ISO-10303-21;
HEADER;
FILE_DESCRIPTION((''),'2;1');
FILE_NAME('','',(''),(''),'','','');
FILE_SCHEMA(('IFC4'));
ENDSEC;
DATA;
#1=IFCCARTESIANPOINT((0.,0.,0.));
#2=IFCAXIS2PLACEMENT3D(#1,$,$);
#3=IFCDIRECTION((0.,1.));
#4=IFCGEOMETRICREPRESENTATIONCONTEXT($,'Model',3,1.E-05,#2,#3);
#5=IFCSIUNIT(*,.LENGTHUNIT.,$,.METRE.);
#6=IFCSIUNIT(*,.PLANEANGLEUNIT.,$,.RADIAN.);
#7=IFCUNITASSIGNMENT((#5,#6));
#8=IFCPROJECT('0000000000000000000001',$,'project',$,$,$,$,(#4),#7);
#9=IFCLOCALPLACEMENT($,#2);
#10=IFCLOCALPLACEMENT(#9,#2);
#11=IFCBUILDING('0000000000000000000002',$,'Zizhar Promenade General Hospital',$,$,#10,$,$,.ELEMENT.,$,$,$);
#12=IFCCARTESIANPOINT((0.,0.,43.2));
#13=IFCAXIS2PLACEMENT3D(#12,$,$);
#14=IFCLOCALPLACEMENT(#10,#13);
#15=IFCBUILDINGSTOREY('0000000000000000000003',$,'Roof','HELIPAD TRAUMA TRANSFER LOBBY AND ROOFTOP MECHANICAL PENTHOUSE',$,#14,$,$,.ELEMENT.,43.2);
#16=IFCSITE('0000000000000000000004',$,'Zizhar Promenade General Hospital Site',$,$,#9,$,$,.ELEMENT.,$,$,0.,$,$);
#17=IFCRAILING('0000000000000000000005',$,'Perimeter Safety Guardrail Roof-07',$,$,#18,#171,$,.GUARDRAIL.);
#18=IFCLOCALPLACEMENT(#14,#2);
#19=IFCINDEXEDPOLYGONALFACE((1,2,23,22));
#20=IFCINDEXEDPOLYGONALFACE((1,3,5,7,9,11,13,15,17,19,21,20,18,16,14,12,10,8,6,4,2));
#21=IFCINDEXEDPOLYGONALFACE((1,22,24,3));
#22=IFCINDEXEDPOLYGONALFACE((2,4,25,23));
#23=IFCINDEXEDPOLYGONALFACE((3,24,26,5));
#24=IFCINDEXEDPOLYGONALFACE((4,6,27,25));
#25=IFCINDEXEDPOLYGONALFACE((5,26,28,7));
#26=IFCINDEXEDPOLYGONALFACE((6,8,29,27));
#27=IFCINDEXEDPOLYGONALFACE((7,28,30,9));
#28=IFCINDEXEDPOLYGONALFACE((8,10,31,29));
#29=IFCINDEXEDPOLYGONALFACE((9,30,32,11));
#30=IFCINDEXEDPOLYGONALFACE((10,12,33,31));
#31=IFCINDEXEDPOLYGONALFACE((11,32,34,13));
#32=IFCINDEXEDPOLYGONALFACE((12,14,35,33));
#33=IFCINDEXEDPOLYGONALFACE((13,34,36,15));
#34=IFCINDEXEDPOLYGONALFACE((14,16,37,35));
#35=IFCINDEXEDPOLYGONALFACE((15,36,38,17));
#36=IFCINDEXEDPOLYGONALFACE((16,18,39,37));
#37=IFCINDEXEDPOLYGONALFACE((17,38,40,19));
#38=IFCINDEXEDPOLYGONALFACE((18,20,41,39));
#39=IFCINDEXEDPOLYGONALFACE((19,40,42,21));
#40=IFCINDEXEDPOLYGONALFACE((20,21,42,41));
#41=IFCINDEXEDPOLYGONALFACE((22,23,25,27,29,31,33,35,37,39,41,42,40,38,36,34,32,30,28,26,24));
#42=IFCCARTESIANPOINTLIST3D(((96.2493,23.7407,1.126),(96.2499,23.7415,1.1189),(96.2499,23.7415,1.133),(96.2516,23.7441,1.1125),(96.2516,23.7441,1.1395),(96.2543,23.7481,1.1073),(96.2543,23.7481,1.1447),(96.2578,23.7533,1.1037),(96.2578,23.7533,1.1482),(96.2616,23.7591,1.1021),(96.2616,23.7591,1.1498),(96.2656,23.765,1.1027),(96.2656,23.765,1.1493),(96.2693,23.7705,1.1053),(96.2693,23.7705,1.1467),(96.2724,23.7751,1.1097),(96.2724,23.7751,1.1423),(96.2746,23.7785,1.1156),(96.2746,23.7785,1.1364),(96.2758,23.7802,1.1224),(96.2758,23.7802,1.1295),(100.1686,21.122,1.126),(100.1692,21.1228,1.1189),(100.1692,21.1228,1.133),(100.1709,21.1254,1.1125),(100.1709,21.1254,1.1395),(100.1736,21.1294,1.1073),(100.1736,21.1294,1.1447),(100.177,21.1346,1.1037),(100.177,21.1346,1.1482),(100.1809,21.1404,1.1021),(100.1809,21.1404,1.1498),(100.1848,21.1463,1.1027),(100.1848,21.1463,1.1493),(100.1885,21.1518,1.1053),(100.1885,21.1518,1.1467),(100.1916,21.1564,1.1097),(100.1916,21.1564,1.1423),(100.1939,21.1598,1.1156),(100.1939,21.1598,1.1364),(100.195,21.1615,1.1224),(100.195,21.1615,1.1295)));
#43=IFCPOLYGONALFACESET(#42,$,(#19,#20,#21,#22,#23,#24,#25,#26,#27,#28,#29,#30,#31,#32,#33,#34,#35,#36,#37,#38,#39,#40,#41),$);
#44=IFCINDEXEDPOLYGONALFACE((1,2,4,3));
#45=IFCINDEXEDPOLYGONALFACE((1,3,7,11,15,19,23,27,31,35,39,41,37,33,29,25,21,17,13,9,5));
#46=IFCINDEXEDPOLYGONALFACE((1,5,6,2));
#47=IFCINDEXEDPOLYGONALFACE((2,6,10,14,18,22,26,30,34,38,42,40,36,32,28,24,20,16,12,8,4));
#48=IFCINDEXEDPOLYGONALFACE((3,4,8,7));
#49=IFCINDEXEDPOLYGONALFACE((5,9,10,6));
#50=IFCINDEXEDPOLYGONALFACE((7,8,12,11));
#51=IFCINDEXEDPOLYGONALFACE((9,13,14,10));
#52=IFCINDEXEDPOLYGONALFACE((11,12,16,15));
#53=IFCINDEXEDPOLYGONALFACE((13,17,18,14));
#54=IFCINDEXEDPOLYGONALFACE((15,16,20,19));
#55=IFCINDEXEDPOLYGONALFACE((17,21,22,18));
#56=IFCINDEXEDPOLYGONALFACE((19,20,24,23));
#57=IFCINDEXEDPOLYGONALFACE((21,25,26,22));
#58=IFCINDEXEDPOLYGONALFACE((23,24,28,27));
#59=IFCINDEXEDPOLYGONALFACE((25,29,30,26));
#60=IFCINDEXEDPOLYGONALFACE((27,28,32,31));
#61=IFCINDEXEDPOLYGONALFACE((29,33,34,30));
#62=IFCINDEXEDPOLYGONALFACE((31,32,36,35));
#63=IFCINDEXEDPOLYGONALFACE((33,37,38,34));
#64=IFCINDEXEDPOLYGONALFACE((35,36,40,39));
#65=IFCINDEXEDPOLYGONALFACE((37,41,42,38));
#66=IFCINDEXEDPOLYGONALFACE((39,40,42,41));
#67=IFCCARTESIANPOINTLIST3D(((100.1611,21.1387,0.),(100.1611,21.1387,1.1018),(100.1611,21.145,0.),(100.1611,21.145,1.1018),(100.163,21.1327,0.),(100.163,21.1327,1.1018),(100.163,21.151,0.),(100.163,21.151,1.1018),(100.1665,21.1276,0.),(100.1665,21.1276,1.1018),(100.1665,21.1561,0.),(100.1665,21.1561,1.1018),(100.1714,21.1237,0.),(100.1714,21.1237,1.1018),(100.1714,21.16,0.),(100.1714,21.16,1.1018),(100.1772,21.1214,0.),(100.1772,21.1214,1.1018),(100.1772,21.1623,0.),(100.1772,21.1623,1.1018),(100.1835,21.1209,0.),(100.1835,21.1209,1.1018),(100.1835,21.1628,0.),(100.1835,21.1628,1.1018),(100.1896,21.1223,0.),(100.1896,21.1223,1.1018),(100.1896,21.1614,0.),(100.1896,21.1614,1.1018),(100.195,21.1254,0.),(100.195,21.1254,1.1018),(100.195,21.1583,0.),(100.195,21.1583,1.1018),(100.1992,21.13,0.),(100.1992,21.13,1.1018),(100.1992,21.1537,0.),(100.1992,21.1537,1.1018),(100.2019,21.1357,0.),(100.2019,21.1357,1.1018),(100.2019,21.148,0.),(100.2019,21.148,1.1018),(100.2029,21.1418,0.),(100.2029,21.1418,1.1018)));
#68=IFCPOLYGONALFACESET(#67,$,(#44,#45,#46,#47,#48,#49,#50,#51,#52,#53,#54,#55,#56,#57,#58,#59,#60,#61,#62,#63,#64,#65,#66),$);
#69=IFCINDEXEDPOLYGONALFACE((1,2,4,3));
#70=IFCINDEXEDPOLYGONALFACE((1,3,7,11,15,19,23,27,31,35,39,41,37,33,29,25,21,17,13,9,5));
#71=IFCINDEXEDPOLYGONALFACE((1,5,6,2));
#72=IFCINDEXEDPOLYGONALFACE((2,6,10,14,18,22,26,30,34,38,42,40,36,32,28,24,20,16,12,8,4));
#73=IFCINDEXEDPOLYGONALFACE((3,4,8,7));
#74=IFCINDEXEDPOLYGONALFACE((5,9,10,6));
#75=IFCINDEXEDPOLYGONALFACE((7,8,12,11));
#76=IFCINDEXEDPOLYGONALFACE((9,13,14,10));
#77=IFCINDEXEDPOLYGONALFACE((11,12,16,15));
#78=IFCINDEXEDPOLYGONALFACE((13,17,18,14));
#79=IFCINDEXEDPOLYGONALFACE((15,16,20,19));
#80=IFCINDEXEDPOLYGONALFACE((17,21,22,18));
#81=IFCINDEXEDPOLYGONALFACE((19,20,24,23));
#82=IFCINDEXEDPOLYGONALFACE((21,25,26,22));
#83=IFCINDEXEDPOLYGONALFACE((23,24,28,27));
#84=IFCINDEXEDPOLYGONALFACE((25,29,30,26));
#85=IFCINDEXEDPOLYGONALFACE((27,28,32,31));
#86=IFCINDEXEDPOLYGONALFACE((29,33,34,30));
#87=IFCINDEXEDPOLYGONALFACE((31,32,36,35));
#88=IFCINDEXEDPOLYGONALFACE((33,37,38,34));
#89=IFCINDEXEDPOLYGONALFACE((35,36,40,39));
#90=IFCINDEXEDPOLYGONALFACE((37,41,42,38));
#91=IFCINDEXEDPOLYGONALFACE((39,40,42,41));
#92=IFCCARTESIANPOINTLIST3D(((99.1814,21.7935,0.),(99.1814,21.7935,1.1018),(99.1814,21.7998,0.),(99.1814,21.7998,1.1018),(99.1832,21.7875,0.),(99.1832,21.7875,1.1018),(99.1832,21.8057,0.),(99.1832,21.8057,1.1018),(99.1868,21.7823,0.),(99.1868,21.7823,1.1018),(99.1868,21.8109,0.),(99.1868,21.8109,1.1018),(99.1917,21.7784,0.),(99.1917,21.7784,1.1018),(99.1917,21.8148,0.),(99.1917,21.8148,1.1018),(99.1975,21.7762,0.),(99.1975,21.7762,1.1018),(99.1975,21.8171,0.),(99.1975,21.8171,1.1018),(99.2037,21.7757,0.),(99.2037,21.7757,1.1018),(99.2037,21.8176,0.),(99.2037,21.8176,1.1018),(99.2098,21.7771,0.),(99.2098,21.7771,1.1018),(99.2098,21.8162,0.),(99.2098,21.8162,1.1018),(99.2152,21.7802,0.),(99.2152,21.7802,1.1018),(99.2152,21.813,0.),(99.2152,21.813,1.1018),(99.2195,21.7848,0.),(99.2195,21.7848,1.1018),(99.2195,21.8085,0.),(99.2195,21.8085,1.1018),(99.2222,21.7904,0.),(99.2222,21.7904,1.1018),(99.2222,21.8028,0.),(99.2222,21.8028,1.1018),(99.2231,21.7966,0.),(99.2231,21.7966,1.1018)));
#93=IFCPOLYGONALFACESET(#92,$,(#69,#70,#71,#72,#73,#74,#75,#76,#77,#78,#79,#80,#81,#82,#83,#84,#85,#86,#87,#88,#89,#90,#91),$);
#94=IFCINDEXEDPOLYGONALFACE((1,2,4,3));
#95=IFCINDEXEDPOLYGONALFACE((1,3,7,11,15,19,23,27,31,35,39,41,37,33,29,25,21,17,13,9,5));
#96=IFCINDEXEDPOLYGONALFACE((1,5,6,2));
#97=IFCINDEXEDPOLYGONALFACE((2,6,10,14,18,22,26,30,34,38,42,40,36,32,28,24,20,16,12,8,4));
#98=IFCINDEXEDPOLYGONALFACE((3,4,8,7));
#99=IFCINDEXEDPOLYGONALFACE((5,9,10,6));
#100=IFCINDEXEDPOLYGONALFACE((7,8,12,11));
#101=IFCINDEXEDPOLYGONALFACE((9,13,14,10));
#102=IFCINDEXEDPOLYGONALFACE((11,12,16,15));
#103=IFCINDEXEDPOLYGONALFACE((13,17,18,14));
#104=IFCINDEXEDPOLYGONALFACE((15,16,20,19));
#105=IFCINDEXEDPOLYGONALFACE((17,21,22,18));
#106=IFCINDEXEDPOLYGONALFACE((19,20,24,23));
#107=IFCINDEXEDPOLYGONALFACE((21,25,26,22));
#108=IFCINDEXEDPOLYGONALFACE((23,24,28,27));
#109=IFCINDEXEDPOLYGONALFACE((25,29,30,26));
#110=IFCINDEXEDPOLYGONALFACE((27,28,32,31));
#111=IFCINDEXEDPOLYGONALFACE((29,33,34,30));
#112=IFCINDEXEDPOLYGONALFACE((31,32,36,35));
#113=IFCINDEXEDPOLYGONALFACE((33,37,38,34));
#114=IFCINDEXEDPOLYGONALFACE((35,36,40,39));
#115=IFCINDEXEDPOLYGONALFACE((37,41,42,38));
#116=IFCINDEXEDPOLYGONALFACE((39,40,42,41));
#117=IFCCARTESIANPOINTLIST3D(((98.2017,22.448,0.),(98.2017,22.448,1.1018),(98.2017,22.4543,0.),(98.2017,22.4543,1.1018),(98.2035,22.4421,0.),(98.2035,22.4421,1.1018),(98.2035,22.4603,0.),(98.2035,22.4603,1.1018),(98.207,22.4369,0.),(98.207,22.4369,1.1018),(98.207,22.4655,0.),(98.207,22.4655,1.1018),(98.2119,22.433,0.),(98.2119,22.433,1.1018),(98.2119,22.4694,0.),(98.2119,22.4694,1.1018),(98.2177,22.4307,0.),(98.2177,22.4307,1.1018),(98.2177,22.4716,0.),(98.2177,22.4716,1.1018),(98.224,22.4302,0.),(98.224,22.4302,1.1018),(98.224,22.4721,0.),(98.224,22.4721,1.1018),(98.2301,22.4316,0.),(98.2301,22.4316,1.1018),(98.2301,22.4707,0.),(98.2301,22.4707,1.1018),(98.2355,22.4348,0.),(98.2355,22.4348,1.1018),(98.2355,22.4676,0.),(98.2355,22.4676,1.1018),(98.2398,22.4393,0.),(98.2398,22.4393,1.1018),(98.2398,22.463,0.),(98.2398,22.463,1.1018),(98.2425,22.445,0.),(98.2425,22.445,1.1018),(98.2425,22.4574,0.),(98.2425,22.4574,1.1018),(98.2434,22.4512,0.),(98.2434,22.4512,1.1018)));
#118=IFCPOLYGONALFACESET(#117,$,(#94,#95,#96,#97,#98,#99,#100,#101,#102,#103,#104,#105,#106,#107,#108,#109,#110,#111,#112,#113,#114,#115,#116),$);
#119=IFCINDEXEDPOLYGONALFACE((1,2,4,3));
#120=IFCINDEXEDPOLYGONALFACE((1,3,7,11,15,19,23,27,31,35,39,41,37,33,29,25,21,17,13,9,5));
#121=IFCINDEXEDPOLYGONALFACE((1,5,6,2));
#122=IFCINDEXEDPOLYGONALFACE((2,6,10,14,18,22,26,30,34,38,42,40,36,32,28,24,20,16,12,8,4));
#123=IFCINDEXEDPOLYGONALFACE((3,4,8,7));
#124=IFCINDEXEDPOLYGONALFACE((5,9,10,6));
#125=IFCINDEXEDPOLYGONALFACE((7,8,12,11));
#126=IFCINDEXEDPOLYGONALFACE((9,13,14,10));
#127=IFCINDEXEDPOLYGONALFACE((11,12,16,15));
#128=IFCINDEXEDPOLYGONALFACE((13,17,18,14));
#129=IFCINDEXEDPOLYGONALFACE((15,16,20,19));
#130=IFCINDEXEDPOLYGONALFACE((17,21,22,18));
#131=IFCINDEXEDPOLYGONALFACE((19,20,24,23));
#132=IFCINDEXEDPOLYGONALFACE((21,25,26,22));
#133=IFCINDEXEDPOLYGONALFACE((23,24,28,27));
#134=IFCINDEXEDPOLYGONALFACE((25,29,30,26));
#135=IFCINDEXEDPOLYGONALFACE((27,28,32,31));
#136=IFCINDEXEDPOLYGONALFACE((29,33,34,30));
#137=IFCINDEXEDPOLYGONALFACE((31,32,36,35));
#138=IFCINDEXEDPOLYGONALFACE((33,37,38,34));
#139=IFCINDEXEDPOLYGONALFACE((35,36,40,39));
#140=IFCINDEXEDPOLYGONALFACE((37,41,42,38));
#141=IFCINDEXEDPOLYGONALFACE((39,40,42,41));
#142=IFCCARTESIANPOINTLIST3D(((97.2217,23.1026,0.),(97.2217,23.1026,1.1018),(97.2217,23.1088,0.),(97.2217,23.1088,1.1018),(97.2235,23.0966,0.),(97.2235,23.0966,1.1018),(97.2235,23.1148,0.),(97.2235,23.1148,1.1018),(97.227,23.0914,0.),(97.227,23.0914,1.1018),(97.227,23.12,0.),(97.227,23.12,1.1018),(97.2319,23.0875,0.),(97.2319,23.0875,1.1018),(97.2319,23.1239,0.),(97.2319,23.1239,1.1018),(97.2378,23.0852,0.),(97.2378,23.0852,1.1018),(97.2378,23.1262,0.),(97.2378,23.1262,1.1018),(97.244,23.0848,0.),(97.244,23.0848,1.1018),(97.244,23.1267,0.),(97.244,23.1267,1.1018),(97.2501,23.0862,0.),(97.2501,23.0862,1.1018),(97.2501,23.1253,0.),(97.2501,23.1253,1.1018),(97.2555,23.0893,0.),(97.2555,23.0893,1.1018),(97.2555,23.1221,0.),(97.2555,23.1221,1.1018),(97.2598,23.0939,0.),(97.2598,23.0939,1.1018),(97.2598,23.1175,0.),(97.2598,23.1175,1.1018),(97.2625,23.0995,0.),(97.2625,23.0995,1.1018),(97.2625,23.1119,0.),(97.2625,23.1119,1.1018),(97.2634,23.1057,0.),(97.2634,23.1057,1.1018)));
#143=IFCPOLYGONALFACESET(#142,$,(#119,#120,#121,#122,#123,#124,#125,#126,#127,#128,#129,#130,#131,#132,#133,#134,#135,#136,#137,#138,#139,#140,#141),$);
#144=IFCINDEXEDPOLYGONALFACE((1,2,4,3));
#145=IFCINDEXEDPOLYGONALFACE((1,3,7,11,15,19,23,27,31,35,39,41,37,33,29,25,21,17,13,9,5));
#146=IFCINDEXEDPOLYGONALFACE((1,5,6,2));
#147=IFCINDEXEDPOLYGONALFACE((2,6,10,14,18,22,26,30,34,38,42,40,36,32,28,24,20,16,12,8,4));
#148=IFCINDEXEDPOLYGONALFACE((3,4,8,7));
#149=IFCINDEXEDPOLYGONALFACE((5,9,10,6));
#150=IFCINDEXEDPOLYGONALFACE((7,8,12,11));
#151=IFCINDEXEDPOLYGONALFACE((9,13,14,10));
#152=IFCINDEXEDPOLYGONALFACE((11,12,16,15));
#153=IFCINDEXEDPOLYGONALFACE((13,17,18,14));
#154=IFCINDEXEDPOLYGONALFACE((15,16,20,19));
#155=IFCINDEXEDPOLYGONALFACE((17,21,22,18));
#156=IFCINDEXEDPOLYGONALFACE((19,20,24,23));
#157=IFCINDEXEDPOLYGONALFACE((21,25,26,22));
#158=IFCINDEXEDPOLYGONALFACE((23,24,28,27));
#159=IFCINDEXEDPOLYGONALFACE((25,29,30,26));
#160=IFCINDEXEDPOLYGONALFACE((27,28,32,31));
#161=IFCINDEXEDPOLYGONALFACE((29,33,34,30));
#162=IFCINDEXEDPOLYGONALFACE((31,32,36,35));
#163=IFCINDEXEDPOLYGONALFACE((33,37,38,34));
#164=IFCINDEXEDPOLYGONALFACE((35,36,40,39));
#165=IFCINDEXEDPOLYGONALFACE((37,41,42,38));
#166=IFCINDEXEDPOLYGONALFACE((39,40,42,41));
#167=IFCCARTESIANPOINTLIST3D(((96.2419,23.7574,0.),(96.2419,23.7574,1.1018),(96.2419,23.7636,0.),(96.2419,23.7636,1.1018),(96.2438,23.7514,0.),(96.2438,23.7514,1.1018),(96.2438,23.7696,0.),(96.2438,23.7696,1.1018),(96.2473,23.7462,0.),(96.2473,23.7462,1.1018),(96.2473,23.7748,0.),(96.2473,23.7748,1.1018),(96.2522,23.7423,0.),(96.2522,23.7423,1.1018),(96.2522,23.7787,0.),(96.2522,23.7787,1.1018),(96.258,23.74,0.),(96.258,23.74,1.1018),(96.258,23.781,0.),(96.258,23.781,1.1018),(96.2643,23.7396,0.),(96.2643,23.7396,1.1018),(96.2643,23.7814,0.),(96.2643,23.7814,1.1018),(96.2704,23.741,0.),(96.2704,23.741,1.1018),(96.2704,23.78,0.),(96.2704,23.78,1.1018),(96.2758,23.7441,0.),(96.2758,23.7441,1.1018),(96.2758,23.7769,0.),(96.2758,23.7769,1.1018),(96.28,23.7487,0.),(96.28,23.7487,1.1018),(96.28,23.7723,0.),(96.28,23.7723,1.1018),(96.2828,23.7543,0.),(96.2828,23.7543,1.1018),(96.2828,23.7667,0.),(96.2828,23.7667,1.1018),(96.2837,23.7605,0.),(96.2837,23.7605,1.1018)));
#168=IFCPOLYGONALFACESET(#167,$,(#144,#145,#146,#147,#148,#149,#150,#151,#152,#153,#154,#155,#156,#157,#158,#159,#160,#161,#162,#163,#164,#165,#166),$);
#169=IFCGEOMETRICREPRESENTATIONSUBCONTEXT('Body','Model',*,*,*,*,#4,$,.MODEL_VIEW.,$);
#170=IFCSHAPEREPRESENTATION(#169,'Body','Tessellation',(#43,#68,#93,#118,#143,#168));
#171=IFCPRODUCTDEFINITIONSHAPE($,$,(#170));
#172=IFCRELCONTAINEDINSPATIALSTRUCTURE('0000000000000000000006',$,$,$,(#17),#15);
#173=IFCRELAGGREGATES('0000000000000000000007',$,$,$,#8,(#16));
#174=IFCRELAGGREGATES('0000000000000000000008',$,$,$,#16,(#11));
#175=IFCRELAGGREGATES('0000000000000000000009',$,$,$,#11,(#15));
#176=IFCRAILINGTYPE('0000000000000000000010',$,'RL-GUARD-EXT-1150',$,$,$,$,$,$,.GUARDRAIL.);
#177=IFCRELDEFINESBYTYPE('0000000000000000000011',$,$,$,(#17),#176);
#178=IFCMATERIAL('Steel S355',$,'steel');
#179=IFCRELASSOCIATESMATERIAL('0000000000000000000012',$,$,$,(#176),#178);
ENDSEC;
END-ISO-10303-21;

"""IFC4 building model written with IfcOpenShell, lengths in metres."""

from ifc_helpers import new_model, si_unit, direction, frame, origin, origin_2d, place, context, subcontext, project, spatial, hollow_rectangle, circle, extrude, material, material_profile, profile_set, type_object, element, save


model = new_model("IFC4")

# Units and contexts
model_context = context("Model", 3, precision=1e-05, world=origin(), true_north=direction((0.0, 1.0)))
body_context = subcontext(model_context, "Body", "Model", "MODEL_VIEW")
ifc_project = project(units=[si_unit("LENGTHUNIT", "METRE"), si_unit("PLANEANGLEUNIT", "RADIAN")], contexts=[model_context])

# Site, building, storey
site_placement = place(None, origin())
site = spatial("IfcSite", under=ifc_project, at=site_placement, Name="Zizhar Promenade General Hospital Site", CompositionType="ELEMENT", RefElevation=0.0)
building_placement = place(site_placement, origin())
building = spatial("IfcBuilding", under=site, at=building_placement, Name="Zizhar Promenade General Hospital", CompositionType="ELEMENT")
storey_placement = place(building_placement, frame((0.0, 0.0, 43.2)))
storey = spatial("IfcBuildingStorey", under=building, at=storey_placement, Name="Roof", Description="HELIPAD TRAUMA TRANSFER LOBBY AND ROOFTOP MECHANICAL PENTHOUSE", CompositionType="ELEMENT", Elevation=43.2)

# Railing
ifc_material_1 = material(Name="Steel S355", Category="steel")
ifc_material_profile_1 = material_profile(ifc_material_1, hollow_rectangle(XDim=0.0601, YDim=0.1201, WallThickness=0.0039, at=origin_2d()))
ifc_profile_set_1 = profile_set([ifc_material_profile_1], Name="Steel S355")
railing_type_1 = type_object("IfcRailingType", Name="RL-GUARD-EXT-1150", PredefinedType="GUARDRAIL", material=ifc_profile_set_1)
railing_1_placement = place(storey_placement, frame((100.1819, 21.1418, 0.0)))
element("IfcRailing", 1, at=railing_1_placement, inside=storey, type_object=railing_type_1, Name="Perimeter Safety Guardrail Roof-07", PredefinedType="GUARDRAIL", context=body_context, shape_type="SweptSolid", body=[
    extrude(circle(Radius=0.0239, at=origin_2d()), frame((0.0, 0.0, 1.126), z_axis=(-0.831476, 0.555561, 0.0), x_axis=(-0.555561, -0.831476, 0.0)), (0.0, 0.0, 1.0), 4.7136),
    extrude(circle(Radius=0.021, at=origin_2d()), origin(), (0.0, 0.0, 1.0), 1.1018),
    extrude(circle(Radius=0.021, at=origin_2d()), frame((-0.9797, 0.6548, 0.0)), (0.0, 0.0, 1.0), 1.1018),
    extrude(circle(Radius=0.021, at=origin_2d()), frame((-1.9595, 1.3093, 0.0)), (0.0, 0.0, 1.0), 1.1018),
    extrude(circle(Radius=0.021, at=origin_2d()), frame((-2.9395, 1.9639, 0.0)), (0.0, 0.0, 1.0), 1.1018),
    extrude(circle(Radius=0.021, at=origin_2d()), frame((-3.9192, 2.6187, 0.0)), (0.0, 0.0, 1.0), 1.1018),
])

save(model, "model.ifc")
